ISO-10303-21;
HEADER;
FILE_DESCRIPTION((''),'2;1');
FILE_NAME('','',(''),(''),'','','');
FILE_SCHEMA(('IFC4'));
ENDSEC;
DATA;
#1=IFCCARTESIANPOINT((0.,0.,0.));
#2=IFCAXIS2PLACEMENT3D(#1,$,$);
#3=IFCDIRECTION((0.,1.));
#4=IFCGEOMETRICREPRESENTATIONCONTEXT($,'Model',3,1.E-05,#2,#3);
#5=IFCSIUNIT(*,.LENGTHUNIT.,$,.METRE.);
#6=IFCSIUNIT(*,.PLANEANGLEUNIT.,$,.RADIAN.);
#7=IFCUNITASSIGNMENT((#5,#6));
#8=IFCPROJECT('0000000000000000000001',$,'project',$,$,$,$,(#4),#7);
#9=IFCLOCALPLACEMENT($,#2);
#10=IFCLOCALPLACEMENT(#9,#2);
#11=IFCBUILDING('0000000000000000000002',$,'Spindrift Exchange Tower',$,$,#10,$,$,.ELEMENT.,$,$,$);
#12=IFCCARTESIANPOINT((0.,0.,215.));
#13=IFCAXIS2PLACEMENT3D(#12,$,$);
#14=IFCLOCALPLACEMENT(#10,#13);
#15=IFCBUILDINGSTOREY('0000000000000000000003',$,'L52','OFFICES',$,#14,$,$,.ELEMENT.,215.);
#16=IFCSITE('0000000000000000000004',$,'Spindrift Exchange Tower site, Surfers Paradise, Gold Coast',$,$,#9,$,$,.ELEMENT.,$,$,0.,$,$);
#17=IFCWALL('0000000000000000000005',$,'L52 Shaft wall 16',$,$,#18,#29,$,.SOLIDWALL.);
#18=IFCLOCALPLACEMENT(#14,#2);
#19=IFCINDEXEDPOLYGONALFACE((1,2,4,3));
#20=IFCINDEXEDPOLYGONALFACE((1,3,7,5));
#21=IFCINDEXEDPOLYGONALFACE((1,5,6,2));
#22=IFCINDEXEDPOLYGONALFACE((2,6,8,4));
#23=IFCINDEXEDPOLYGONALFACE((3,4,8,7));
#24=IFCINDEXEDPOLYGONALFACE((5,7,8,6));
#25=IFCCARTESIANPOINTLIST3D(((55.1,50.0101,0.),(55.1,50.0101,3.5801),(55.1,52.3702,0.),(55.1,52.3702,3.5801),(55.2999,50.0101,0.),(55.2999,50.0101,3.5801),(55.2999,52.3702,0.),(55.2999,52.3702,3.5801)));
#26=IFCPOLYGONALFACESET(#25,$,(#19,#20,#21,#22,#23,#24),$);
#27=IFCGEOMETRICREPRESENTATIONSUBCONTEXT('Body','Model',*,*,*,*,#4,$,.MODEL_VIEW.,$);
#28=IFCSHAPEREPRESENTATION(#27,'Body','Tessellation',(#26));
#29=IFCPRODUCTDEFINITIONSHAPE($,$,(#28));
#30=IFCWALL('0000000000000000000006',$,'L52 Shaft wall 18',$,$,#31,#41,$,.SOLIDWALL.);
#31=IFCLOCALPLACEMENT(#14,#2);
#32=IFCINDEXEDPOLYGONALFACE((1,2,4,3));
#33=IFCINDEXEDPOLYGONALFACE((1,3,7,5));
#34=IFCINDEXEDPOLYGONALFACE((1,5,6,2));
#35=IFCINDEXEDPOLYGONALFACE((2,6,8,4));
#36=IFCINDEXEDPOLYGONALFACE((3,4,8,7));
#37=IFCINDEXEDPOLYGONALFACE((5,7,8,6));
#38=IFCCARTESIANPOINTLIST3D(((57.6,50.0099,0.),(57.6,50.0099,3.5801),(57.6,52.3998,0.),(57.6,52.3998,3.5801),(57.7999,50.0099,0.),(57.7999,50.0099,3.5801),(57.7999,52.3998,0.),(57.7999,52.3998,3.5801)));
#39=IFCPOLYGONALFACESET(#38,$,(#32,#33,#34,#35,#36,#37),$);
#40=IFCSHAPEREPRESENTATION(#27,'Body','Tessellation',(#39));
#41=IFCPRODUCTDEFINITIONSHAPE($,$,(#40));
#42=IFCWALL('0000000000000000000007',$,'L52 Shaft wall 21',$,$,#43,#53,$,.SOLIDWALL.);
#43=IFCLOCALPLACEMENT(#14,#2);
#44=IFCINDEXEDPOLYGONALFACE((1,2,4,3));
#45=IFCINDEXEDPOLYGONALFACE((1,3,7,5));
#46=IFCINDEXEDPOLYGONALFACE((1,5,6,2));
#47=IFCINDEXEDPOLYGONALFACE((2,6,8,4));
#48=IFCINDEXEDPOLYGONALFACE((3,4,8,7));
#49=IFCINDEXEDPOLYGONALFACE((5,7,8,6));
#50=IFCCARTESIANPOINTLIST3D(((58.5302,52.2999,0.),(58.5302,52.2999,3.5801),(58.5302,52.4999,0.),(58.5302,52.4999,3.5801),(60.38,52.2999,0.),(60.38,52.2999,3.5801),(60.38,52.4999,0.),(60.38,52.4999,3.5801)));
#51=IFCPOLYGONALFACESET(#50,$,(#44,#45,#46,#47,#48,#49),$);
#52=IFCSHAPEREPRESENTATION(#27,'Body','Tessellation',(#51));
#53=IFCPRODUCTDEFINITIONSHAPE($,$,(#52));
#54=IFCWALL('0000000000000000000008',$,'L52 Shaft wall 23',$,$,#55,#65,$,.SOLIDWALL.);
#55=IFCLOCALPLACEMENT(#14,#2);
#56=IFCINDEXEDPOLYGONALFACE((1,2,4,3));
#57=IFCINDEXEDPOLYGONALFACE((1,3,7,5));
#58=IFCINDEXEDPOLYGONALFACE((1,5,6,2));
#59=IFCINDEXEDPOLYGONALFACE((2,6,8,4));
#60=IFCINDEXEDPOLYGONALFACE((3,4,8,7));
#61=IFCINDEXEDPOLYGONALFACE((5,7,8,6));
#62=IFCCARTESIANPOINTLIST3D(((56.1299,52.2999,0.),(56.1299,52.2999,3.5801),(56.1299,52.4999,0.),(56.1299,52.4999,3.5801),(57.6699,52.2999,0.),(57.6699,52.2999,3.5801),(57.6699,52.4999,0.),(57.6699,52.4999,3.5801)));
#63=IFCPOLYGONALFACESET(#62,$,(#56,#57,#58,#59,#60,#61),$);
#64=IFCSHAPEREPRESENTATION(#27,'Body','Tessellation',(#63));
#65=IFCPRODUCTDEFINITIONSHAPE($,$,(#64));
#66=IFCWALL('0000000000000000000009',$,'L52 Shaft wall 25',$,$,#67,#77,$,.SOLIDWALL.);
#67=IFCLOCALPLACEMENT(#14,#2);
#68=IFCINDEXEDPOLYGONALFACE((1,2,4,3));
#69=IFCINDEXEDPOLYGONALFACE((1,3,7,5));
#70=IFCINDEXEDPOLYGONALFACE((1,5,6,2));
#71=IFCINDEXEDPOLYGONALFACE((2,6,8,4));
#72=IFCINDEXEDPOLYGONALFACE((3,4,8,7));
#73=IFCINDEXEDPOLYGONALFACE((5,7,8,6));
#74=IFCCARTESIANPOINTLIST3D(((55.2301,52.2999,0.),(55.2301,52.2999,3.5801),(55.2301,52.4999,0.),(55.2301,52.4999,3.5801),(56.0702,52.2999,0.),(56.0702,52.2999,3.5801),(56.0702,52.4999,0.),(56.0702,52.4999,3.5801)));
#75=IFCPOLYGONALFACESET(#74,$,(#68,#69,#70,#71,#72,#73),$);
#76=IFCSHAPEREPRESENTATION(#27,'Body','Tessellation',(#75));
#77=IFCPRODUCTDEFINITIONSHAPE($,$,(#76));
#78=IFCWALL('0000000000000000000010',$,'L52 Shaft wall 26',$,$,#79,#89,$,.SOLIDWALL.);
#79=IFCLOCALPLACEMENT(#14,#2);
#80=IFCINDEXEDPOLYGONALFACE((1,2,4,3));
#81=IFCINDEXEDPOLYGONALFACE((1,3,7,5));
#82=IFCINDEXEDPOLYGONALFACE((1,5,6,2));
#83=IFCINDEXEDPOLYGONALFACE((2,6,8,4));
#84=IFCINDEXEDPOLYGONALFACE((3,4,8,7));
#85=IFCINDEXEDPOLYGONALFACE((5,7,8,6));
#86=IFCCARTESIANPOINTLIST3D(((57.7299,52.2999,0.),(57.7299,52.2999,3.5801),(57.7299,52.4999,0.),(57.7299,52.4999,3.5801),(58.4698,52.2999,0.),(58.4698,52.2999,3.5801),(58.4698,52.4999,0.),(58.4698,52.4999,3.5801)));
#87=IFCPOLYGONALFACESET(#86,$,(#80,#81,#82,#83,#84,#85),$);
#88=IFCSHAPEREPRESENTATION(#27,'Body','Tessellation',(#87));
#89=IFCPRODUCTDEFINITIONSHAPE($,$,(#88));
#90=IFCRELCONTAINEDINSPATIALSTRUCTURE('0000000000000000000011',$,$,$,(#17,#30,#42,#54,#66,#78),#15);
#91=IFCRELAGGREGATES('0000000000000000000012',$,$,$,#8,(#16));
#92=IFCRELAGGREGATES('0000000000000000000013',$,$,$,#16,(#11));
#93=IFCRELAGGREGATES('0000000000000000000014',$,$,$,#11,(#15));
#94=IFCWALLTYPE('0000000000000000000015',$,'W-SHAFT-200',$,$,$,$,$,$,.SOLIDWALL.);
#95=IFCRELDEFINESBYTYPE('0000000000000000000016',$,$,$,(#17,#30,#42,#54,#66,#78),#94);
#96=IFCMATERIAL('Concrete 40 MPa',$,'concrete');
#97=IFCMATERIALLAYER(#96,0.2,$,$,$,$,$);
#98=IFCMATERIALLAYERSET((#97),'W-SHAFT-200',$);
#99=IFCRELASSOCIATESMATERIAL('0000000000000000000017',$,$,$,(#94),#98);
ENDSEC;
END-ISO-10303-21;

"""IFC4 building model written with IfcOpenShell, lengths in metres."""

from ifc_helpers import new_model, si_unit, direction, frame, frame_2d, origin, place, context, subcontext, project, spatial, rectangle, extrude, material, layer, layer_set, type_object, element, save


model = new_model("IFC4")

# Units and contexts
model_context = context("Model", 3, precision=1e-05, world=origin(), true_north=direction((0.0, 1.0)))
body_context = subcontext(model_context, "Body", "Model", "MODEL_VIEW")
ifc_project = project(units=[si_unit("LENGTHUNIT", "METRE"), si_unit("PLANEANGLEUNIT", "RADIAN")], contexts=[model_context])

# Site, building, storey
site_placement = place(None, origin())
site = spatial("IfcSite", under=ifc_project, at=site_placement, Name="Spindrift Exchange Tower site, Surfers Paradise, Gold Coast", CompositionType="ELEMENT", RefElevation=0.0)
building_placement = place(site_placement, origin())
building = spatial("IfcBuilding", under=site, at=building_placement, Name="Spindrift Exchange Tower", CompositionType="ELEMENT")
storey_placement = place(building_placement, frame((0.0, 0.0, 215.0)))
storey = spatial("IfcBuildingStorey", under=building, at=storey_placement, Name="L52", Description="OFFICES", CompositionType="ELEMENT", Elevation=215.0)

# Shared definitions
ifc_material_1 = material(Name="Concrete 40 MPa", Category="concrete")
ifc_layer_1 = layer(ifc_material_1, 0.2)
ifc_layer_set_1 = layer_set([ifc_layer_1], Name="W-SHAFT-200")
wall_type_1 = type_object("IfcWallType", Name="W-SHAFT-200", PredefinedType="SOLIDWALL", material=ifc_layer_set_1)

# Walls
for number, where, z_axis, x_axis, name in (
    (1, (55.2, 50.01, 0.0), (0.0, 0.0, 1.0), (0.0, 1.0, 0.0), "L52 Shaft wall 16"),
):
    element("IfcWall", number, at=place(storey_placement, frame(where, z_axis=z_axis, x_axis=x_axis)), inside=storey, type_object=wall_type_1, Name=name, PredefinedType="SOLIDWALL", context=body_context, shape_type="SweptSolid", body=[
        extrude(rectangle(XDim=2.3601, YDim=0.2, at=frame_2d((1.1802, 0.0))), origin(), (0.0, 0.0, 1.0), 3.5801),
    ])
wall_1_placement = place(storey_placement, frame((57.7, 50.01, 0.0), z_axis=(0.0, 0.0, 1.0), x_axis=(0.0, 1.0, 0.0)))
element("IfcWall", 2, at=wall_1_placement, inside=storey, type_object=wall_type_1, Name="L52 Shaft wall 18", PredefinedType="SOLIDWALL", context=body_context, shape_type="SweptSolid", body=[
    extrude(rectangle(XDim=2.3899, YDim=0.2, at=frame_2d((1.1948, 0.0))), origin(), (0.0, 0.0, 1.0), 3.5801),
])
wall_2_placement = place(storey_placement, frame((60.3799, 52.3999, 0.0), z_axis=(0.0, 0.0, 1.0), x_axis=(-1.0, 0.0, 0.0)))
element("IfcWall", 3, at=wall_2_placement, inside=storey, type_object=wall_type_1, Name="L52 Shaft wall 21", PredefinedType="SOLIDWALL", context=body_context, shape_type="SweptSolid", body=[
    extrude(rectangle(XDim=1.8499, YDim=0.2, at=frame_2d((0.9248, 0.0))), origin(), (0.0, 0.0, 1.0), 3.5801),
])
wall_3_placement = place(storey_placement, frame((57.6699, 52.3999, 0.0), z_axis=(0.0, 0.0, 1.0), x_axis=(-1.0, 0.0, 0.0)))
element("IfcWall", 4, at=wall_3_placement, inside=storey, type_object=wall_type_1, Name="L52 Shaft wall 23", PredefinedType="SOLIDWALL", context=body_context, shape_type="SweptSolid", body=[
    extrude(rectangle(XDim=1.54, YDim=0.2, at=frame_2d((0.77, 0.0))), origin(), (0.0, 0.0, 1.0), 3.5801),
])
wall_4_placement = place(storey_placement, frame((56.0701, 52.3999, 0.0), z_axis=(0.0, 0.0, 1.0), x_axis=(-1.0, 0.0, 0.0)))
element("IfcWall", 5, at=wall_4_placement, inside=storey, type_object=wall_type_1, Name="L52 Shaft wall 25", PredefinedType="SOLIDWALL", context=body_context, shape_type="SweptSolid", body=[
    extrude(rectangle(XDim=0.8401, YDim=0.2, at=frame_2d((0.4199, 0.0))), origin(), (0.0, 0.0, 1.0), 3.5801),
])
wall_5_placement = place(storey_placement, frame((58.47, 52.3999, 0.0), z_axis=(0.0, 0.0, 1.0), x_axis=(-1.0, 0.0, 0.0)))
element("IfcWall", 6, at=wall_5_placement, inside=storey, type_object=wall_type_1, Name="L52 Shaft wall 26", PredefinedType="SOLIDWALL", context=body_context, shape_type="SweptSolid", body=[
    extrude(rectangle(XDim=0.74, YDim=0.2, at=frame_2d((0.3701, 0.0))), origin(), (0.0, 0.0, 1.0), 3.5801),
])

save(model, "model.ifc")
